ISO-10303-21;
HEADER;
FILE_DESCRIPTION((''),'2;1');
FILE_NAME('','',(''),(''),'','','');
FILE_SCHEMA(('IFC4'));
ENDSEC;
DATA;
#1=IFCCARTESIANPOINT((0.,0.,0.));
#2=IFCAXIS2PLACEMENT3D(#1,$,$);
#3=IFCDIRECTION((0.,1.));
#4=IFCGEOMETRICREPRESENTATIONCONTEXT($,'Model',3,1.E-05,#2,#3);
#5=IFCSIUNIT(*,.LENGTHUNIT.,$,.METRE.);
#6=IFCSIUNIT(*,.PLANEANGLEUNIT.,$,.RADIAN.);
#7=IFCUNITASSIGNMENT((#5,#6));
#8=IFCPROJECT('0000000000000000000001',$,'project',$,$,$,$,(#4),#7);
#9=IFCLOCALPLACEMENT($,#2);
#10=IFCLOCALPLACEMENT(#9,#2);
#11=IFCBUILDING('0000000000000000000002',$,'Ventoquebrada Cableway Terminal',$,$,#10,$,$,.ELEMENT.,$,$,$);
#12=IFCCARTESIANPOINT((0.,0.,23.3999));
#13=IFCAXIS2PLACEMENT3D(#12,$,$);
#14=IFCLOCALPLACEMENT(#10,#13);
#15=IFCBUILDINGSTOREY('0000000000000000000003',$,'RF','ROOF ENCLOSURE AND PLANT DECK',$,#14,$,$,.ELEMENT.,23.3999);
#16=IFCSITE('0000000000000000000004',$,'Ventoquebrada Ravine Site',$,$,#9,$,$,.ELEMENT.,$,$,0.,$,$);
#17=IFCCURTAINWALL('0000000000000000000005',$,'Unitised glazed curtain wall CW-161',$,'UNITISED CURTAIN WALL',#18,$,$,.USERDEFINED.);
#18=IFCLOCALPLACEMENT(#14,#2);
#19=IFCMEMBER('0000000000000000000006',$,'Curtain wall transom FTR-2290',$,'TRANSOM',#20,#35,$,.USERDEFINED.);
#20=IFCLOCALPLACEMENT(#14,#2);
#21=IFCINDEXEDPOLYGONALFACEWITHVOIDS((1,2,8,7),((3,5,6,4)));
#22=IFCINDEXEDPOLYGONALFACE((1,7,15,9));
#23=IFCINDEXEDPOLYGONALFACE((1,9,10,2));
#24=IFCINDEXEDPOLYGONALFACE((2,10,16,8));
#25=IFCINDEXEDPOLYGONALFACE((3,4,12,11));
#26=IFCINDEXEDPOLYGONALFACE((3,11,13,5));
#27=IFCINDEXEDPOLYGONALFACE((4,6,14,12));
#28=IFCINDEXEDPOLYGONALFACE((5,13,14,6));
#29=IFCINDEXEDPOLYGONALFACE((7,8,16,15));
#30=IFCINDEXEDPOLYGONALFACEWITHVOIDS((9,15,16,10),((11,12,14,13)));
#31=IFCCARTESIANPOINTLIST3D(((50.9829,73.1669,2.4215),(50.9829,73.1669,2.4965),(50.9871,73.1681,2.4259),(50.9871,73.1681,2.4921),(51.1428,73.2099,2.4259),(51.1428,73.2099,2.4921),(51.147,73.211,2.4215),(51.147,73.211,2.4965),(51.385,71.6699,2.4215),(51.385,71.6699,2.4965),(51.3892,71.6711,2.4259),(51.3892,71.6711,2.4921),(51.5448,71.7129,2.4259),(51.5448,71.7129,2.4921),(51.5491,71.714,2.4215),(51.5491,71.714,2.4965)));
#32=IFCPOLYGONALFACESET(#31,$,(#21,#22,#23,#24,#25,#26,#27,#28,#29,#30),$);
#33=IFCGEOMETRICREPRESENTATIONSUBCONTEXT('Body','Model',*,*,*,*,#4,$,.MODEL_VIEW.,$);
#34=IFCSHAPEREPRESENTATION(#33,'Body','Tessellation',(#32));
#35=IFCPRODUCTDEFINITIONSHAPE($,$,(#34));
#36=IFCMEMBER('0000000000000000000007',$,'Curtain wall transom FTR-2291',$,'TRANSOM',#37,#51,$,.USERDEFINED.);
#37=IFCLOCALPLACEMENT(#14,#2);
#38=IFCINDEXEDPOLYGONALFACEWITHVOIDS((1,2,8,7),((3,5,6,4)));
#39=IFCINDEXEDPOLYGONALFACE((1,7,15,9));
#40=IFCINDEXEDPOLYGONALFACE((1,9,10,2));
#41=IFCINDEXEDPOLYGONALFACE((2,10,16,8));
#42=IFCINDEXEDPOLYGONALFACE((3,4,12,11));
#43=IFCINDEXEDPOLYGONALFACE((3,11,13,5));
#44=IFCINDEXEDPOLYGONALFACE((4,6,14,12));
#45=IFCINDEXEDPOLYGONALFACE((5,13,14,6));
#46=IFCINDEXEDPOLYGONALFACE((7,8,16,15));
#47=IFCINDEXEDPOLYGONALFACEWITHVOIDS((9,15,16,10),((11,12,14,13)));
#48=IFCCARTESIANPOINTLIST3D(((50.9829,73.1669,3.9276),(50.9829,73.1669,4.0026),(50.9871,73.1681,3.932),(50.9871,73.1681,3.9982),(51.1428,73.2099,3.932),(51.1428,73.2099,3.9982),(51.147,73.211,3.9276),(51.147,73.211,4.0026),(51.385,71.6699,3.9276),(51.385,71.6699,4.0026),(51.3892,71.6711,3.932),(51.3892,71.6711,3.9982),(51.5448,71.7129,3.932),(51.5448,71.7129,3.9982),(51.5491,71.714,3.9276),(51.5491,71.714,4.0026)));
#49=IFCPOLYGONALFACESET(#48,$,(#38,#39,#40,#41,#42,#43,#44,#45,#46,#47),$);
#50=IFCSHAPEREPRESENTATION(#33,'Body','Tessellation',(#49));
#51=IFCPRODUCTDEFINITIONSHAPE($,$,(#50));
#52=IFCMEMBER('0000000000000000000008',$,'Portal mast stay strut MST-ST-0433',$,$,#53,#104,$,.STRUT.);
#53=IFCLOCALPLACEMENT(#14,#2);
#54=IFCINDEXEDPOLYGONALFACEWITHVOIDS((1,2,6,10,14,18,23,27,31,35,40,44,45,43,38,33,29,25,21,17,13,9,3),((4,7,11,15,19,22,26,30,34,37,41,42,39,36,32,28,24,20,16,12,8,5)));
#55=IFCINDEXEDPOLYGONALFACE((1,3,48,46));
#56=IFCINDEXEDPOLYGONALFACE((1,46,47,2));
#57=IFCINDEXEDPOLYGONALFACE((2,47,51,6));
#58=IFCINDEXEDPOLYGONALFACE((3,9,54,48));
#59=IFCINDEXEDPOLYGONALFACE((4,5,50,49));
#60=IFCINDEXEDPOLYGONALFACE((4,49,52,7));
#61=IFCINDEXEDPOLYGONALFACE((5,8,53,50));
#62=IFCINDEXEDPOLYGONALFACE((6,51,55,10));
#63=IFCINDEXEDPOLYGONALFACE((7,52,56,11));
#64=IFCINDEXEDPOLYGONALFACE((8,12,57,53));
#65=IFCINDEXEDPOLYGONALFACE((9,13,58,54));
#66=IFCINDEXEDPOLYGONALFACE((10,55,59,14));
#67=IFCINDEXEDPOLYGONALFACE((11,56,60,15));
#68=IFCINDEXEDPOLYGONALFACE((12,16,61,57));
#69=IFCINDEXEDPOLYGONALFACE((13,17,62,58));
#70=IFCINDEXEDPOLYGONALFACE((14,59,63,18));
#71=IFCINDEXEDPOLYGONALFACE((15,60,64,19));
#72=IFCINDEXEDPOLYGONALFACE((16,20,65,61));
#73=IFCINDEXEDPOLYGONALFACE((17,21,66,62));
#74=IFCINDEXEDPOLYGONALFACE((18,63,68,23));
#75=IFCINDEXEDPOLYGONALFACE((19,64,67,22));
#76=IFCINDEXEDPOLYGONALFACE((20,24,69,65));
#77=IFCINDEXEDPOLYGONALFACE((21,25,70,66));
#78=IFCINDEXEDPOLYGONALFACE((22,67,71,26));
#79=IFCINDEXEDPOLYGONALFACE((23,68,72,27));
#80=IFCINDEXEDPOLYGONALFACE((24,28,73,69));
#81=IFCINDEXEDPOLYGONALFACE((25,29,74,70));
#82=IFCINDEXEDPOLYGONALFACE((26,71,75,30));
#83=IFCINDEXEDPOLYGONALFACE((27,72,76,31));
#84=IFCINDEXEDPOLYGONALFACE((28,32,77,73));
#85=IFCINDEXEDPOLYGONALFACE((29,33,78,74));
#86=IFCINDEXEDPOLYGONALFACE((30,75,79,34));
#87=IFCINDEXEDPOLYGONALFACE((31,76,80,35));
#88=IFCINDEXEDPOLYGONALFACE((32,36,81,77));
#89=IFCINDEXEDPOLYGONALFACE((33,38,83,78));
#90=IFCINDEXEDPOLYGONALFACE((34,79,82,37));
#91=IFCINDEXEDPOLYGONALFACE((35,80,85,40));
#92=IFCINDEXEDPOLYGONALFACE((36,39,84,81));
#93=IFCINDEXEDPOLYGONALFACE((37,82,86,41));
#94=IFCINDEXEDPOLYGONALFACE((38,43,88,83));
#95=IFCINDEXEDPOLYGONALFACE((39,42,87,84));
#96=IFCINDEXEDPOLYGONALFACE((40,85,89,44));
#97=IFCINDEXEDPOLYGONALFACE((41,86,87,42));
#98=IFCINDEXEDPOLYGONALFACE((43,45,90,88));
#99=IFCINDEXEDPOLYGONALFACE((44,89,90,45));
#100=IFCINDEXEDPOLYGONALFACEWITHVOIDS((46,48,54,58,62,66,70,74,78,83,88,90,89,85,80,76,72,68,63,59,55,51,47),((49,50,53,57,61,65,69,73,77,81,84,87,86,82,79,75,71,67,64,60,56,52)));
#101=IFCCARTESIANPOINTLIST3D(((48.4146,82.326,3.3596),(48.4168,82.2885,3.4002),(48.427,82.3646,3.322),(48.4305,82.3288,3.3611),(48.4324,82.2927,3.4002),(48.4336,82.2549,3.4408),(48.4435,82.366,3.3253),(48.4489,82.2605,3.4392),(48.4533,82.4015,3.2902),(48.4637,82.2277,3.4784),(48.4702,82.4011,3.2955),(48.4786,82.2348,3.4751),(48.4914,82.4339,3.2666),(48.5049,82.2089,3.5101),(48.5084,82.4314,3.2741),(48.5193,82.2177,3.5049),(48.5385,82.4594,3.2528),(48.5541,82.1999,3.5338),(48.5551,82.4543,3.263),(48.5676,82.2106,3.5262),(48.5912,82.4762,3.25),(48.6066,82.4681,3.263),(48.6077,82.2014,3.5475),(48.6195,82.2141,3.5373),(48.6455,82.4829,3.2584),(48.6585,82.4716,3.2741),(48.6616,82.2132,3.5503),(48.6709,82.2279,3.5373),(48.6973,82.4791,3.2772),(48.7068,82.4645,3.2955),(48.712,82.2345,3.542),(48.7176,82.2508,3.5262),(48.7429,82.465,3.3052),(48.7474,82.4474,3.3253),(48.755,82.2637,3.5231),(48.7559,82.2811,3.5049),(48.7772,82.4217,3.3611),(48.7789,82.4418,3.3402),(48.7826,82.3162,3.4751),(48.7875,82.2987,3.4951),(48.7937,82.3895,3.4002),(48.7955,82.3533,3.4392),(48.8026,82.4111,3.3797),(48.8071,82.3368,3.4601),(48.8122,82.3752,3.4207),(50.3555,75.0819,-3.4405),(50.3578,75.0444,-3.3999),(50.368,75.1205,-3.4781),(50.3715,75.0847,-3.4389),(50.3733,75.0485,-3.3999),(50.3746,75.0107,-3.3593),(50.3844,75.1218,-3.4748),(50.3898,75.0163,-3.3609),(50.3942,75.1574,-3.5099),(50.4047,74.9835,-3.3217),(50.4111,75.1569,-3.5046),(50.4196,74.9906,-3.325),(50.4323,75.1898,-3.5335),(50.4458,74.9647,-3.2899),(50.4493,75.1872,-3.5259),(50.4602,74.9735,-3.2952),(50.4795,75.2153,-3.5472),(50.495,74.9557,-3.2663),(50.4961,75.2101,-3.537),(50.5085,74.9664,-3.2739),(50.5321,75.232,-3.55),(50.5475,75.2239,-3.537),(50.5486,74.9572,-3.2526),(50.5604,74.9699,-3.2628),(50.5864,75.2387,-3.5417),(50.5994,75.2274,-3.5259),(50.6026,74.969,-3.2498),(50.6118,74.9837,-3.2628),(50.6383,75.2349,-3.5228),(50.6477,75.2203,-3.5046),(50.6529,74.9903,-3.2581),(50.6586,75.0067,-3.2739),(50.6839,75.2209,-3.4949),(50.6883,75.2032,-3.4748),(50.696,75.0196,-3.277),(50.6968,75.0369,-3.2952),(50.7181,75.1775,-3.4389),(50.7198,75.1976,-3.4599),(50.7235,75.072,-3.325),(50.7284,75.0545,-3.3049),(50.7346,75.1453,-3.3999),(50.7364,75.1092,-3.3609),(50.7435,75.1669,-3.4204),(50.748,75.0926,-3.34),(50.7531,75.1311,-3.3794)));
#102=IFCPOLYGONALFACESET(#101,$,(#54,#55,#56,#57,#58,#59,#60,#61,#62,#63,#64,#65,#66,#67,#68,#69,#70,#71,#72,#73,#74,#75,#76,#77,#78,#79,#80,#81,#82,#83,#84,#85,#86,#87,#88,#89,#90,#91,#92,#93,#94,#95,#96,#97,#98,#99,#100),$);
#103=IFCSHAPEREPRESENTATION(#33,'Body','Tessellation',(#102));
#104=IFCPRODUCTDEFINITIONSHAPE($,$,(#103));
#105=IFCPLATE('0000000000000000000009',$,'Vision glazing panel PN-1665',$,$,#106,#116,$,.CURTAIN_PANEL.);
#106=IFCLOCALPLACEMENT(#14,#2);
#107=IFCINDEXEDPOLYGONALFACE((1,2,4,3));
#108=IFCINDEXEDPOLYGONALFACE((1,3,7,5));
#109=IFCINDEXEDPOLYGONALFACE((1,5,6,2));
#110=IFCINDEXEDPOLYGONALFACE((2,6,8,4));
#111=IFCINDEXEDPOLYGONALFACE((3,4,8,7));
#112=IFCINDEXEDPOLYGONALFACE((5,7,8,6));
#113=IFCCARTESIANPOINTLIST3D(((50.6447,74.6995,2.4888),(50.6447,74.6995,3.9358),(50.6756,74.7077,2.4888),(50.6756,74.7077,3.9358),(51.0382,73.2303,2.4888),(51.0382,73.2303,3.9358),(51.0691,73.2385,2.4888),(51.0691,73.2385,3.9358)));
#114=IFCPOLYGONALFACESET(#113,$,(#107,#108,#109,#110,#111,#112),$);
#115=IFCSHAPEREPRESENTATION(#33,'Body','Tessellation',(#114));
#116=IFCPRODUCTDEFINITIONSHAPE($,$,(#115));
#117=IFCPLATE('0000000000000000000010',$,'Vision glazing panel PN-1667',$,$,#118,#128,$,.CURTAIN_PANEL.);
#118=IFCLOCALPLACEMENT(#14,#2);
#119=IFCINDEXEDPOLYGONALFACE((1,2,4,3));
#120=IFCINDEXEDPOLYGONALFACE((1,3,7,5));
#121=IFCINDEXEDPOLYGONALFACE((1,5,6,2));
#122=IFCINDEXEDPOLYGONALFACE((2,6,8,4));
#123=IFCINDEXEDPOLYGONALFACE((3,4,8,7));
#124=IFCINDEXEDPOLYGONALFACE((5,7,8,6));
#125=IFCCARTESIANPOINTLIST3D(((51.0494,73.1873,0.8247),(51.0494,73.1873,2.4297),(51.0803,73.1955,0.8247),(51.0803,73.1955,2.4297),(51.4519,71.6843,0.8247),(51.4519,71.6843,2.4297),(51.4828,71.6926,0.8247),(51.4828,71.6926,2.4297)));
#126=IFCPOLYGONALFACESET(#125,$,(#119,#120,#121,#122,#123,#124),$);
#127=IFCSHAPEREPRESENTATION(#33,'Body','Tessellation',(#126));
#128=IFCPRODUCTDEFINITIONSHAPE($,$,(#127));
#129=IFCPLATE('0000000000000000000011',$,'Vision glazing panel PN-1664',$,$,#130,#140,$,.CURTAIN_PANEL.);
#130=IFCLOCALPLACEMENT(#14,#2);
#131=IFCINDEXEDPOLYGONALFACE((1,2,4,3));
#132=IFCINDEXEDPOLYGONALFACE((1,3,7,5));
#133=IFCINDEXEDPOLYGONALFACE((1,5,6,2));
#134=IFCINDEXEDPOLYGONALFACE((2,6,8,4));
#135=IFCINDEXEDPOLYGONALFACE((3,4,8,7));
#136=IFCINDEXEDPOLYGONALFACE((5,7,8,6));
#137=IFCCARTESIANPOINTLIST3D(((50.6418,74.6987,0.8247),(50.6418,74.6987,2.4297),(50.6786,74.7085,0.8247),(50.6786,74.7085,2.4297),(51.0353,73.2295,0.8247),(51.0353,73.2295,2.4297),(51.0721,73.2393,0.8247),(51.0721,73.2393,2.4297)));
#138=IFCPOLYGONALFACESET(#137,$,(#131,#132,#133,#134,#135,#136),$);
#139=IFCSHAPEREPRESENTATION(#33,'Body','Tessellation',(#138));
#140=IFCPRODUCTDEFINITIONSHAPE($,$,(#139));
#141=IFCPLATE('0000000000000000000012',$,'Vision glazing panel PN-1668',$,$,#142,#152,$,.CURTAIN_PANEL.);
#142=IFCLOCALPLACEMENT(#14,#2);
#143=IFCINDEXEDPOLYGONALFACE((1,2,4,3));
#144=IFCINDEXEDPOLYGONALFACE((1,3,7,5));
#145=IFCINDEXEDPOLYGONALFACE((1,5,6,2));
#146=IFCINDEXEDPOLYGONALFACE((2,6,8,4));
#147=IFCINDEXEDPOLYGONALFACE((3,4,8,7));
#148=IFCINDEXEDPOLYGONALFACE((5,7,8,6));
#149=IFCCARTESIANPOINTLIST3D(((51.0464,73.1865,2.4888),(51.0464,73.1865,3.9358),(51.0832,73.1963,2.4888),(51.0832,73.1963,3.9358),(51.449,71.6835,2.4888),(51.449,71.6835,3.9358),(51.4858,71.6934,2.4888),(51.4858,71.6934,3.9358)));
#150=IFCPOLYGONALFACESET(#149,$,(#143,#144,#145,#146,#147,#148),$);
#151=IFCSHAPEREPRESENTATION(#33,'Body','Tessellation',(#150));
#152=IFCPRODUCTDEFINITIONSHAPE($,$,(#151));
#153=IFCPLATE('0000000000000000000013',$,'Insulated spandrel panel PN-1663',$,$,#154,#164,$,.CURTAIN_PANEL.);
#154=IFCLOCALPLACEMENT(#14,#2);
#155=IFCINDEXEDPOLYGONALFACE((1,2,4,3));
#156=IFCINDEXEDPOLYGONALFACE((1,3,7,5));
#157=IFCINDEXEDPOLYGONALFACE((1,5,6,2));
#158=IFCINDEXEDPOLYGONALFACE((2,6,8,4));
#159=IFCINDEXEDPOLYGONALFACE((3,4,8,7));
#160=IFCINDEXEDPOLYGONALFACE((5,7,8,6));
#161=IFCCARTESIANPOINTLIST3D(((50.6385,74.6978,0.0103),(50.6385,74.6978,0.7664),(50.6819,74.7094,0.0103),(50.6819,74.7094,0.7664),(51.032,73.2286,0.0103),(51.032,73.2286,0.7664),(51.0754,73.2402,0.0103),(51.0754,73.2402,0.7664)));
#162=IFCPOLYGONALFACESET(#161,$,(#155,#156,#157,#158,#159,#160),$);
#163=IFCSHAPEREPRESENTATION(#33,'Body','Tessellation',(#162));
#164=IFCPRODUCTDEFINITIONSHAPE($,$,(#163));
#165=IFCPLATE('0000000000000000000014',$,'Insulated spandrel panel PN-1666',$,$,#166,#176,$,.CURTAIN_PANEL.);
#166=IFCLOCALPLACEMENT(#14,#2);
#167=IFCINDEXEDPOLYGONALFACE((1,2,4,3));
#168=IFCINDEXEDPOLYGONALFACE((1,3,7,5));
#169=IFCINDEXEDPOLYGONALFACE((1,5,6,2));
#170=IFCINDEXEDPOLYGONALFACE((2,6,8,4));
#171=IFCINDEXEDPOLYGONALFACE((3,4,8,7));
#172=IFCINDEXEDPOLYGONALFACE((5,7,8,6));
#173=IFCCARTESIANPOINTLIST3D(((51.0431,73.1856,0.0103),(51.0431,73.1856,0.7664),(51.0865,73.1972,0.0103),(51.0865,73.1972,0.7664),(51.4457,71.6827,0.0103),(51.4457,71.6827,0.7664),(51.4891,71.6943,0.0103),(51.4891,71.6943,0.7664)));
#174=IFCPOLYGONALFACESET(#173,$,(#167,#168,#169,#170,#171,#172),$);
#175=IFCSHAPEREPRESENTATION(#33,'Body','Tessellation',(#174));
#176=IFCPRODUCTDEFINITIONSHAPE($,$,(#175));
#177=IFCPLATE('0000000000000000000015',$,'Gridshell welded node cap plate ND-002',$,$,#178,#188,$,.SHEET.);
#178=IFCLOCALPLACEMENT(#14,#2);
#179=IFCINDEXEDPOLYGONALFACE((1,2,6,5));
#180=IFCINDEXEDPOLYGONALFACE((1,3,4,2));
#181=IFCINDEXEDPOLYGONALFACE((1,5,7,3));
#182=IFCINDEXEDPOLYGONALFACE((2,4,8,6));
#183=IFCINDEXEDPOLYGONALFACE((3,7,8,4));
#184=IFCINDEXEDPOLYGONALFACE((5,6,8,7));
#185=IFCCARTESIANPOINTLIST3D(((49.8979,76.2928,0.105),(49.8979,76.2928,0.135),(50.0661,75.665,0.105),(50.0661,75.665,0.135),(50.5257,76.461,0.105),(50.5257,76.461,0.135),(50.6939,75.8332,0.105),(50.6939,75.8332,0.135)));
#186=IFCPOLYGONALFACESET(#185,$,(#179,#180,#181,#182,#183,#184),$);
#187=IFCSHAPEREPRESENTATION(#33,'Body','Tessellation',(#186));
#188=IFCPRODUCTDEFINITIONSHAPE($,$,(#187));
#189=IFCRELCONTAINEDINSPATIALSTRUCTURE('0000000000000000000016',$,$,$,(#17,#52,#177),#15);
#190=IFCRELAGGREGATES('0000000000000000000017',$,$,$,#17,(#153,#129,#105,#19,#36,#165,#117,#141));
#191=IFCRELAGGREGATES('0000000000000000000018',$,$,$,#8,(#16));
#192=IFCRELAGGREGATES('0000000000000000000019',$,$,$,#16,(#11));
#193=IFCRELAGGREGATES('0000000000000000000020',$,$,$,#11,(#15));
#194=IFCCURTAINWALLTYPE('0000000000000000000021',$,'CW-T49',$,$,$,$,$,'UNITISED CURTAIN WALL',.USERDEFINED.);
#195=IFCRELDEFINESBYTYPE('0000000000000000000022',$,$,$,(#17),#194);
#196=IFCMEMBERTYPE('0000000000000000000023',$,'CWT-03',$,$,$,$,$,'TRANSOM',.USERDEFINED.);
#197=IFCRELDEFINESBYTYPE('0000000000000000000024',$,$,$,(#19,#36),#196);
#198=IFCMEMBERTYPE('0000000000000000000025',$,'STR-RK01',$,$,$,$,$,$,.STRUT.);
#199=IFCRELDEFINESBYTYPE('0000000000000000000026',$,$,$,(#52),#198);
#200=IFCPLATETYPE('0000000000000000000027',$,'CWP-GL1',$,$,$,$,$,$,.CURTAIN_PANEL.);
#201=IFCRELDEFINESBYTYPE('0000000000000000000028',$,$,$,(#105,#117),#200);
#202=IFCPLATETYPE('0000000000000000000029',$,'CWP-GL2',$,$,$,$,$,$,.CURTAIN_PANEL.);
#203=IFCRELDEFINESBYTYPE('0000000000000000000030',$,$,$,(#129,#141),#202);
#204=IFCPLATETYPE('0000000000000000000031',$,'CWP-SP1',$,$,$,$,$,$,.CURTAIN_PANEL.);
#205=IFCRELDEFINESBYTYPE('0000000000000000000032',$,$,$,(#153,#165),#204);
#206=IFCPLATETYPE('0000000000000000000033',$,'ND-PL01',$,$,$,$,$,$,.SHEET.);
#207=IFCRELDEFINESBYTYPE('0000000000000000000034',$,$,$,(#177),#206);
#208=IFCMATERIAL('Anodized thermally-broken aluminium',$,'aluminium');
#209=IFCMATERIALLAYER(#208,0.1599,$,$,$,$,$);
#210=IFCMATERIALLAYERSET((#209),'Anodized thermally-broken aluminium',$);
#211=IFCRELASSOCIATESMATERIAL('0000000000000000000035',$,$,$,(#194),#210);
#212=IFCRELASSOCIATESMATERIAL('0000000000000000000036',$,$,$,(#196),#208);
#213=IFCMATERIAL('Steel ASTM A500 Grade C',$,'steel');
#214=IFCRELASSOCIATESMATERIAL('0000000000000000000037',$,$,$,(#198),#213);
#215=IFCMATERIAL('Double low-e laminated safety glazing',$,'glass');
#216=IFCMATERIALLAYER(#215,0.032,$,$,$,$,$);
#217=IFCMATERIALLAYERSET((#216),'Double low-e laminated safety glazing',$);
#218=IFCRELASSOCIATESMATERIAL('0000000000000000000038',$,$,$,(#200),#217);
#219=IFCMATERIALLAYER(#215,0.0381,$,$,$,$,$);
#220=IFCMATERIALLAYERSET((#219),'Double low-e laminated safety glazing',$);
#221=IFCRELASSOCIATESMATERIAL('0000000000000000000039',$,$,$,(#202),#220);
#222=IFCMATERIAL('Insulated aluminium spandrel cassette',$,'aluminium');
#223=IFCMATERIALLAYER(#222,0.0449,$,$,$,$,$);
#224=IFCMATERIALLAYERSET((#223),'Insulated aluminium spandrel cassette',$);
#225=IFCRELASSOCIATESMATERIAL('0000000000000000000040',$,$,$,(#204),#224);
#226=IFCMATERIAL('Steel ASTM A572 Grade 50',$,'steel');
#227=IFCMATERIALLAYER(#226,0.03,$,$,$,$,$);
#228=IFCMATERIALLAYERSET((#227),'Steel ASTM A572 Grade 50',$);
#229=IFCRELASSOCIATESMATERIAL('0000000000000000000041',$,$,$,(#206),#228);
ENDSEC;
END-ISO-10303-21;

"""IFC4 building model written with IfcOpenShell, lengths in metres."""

from ifc_helpers import new_model, si_unit, direction, frame, origin, origin_2d, place, context, subcontext, project, spatial, rectangle, hollow_rectangle, hollow_circle, extrude, material, layer, layer_set, material_profile, profile_set, type_object, element, aggregate, save


model = new_model("IFC4")

# Units and contexts
model_context = context("Model", 3, precision=1e-05, world=origin(), true_north=direction((0.0, 1.0)))
body_context = subcontext(model_context, "Body", "Model", "MODEL_VIEW")
ifc_project = project(units=[si_unit("LENGTHUNIT", "METRE"), si_unit("PLANEANGLEUNIT", "RADIAN")], contexts=[model_context])

# Site, building, storey
site_placement = place(None, origin())
site = spatial("IfcSite", under=ifc_project, at=site_placement, Name="Ventoquebrada Ravine Site", CompositionType="ELEMENT", RefElevation=0.0)
building_placement = place(site_placement, origin())
building = spatial("IfcBuilding", under=site, at=building_placement, Name="Ventoquebrada Cableway Terminal", CompositionType="ELEMENT")
storey_placement = place(building_placement, frame((0.0, 0.0, 23.3999)))
storey = spatial("IfcBuildingStorey", under=building, at=storey_placement, Name="RF", Description="ROOF ENCLOSURE AND PLANT DECK", CompositionType="ELEMENT", Elevation=23.3999)

# Shared definitions
ifc_material_1 = material(Name="Steel ASTM A500 Grade C", Category="steel")

# Curtain wall
ifc_material_2 = material(Name="Anodized thermally-broken aluminium", Category="aluminium")
ifc_layer_1 = layer(ifc_material_2, 0.1599)
ifc_layer_set_1 = layer_set([ifc_layer_1], Name="Anodized thermally-broken aluminium")
curtain_wall_type_1 = type_object("IfcCurtainWallType", Name="CW-T49", ElementType="UNITISED CURTAIN WALL", PredefinedType="USERDEFINED", material=ifc_layer_set_1)
curtain_wall_1_placement = place(storey_placement, origin())
curtain_wall_1 = element("IfcCurtainWall", 1, at=curtain_wall_1_placement, inside=storey, type_object=curtain_wall_type_1, Name="Unitised glazed curtain wall CW-161", ObjectType="UNITISED CURTAIN WALL", PredefinedType="USERDEFINED")

# Shared definitions
ifc_material_profile_1 = material_profile(ifc_material_2, hollow_rectangle(XDim=0.075, YDim=0.1699, WallThickness=0.0044, at=origin_2d()), Name="CW-TRN-75X170")
ifc_profile_set_1 = profile_set([ifc_material_profile_1], Name="Anodized thermally-broken aluminium")
member_type_1 = type_object("IfcMemberType", Name="CWT-03", ElementType="TRANSOM", PredefinedType="USERDEFINED", material=ifc_profile_set_1)

# Members
member_1_placement = place(storey_placement, frame((51.0649, 73.189, 2.459), z_axis=(0.259397, -0.965771, 0.0), x_axis=(0.0, 0.0, 1.0)))
member_1 = element("IfcMember", 2, at=member_1_placement, type_object=member_type_1, Name="Curtain wall transom FTR-2290", ObjectType="TRANSOM", PredefinedType="USERDEFINED", context=body_context, shape_type="SweptSolid", body=[
    extrude(hollow_rectangle(XDim=0.075, YDim=0.1699, WallThickness=0.0044, at=origin_2d()), origin(), (0.0, 0.0, 1.0), 1.55),
])
member_2_placement = place(storey_placement, frame((51.0649, 73.189, 3.9651), z_axis=(0.259397, -0.965771, 0.0), x_axis=(0.0, 0.0, 1.0)))
member_2 = element("IfcMember", 3, at=member_2_placement, type_object=member_type_1, Name="Curtain wall transom FTR-2291", ObjectType="TRANSOM", PredefinedType="USERDEFINED", context=body_context, shape_type="SweptSolid", body=[
    extrude(hollow_rectangle(XDim=0.075, YDim=0.1699, WallThickness=0.0044, at=origin_2d()), origin(), (0.0, 0.0, 1.0), 1.55),
])
ifc_material_profile_2 = material_profile(ifc_material_1, hollow_circle(Radius=0.2031, WallThickness=0.0161, at=origin_2d()), Name="CHS406.4X16")
ifc_profile_set_2 = profile_set([ifc_material_profile_2], Name="Steel ASTM A500 Grade C")
member_type_2 = type_object("IfcMemberType", Name="STR-RK01", PredefinedType="STRUT", material=ifc_profile_set_2)
member_3_placement = place(storey_placement, frame((50.554, 75.0969, -3.3999), z_axis=(-0.191724, 0.715576, 0.671709), x_axis=(-0.965931, -0.258801, 0.0)))
element("IfcMember", 4, at=member_3_placement, inside=storey, type_object=member_type_2, Name="Portal mast stay strut MST-ST-0433", PredefinedType="STRUT", context=body_context, shape_type="SweptSolid", body=[
    extrude(hollow_circle(Radius=0.2031, WallThickness=0.0161, at=origin_2d()), origin(), (0.0, 0.0, 1.0), 10.1235),
])

# Plates
ifc_material_3 = material(Name="Double low-e laminated safety glazing", Category="glass")
ifc_layer_2 = layer(ifc_material_3, 0.032)
ifc_layer_set_2 = layer_set([ifc_layer_2], Name="Double low-e laminated safety glazing")
plate_type_1 = type_object("IfcPlateType", Name="CWP-GL1", PredefinedType="CURTAIN_PANEL", material=ifc_layer_set_2)
plate_1_placement = place(storey_placement, frame((50.8569, 73.969, 2.4888), z_axis=(0.0, 0.0, 1.0), x_axis=(0.258718, -0.965953, 0.0)))
plate_1 = element("IfcPlate", 5, at=plate_1_placement, type_object=plate_type_1, Name="Vision glazing panel PN-1665", PredefinedType="CURTAIN_PANEL", context=body_context, shape_type="SweptSolid", body=[
    extrude(rectangle(XDim=1.521, YDim=0.032, at=origin_2d()), origin(), (0.0, 0.0, 1.0), 1.447),
])
plate_2_placement = place(storey_placement, frame((51.2661, 72.4399, 0.8247), z_axis=(0.0, 0.0, 1.0), x_axis=(0.258718, -0.965953, 0.0)))
plate_2 = element("IfcPlate", 6, at=plate_2_placement, type_object=plate_type_1, Name="Vision glazing panel PN-1667", PredefinedType="CURTAIN_PANEL", context=body_context, shape_type="SweptSolid", body=[
    extrude(rectangle(XDim=1.5559, YDim=0.032, at=origin_2d()), origin(), (0.0, 0.0, 1.0), 1.605),
])
ifc_layer_3 = layer(ifc_material_3, 0.0381)
ifc_layer_set_3 = layer_set([ifc_layer_3], Name="Double low-e laminated safety glazing")
plate_type_2 = type_object("IfcPlateType", Name="CWP-GL2", PredefinedType="CURTAIN_PANEL", material=ifc_layer_set_3)
plate_3_placement = place(storey_placement, frame((50.8569, 73.969, 0.8247), z_axis=(0.0, 0.0, 1.0), x_axis=(0.258718, -0.965953, 0.0)))
plate_3 = element("IfcPlate", 7, at=plate_3_placement, type_object=plate_type_2, Name="Vision glazing panel PN-1664", PredefinedType="CURTAIN_PANEL", context=body_context, shape_type="SweptSolid", body=[
    extrude(rectangle(XDim=1.521, YDim=0.0381, at=origin_2d()), origin(), (0.0, 0.0, 1.0), 1.605),
])
plate_4_placement = place(storey_placement, frame((51.2661, 72.4399, 2.4888), z_axis=(0.0, 0.0, 1.0), x_axis=(0.258718, -0.965953, 0.0)))
plate_4 = element("IfcPlate", 8, at=plate_4_placement, type_object=plate_type_2, Name="Vision glazing panel PN-1668", PredefinedType="CURTAIN_PANEL", context=body_context, shape_type="SweptSolid", body=[
    extrude(rectangle(XDim=1.5559, YDim=0.0381, at=origin_2d()), origin(), (0.0, 0.0, 1.0), 1.447),
])
ifc_material_4 = material(Name="Insulated aluminium spandrel cassette", Category="aluminium")
ifc_layer_4 = layer(ifc_material_4, 0.0449)
ifc_layer_set_4 = layer_set([ifc_layer_4], Name="Insulated aluminium spandrel cassette")
plate_type_3 = type_object("IfcPlateType", Name="CWP-SP1", PredefinedType="CURTAIN_PANEL", material=ifc_layer_set_4)
plate_5_placement = place(storey_placement, frame((50.8569, 73.969, 0.0103), z_axis=(0.0, 0.0, 1.0), x_axis=(0.258718, -0.965953, 0.0)))
plate_5 = element("IfcPlate", 9, at=plate_5_placement, type_object=plate_type_3, Name="Insulated spandrel panel PN-1663", PredefinedType="CURTAIN_PANEL", context=body_context, shape_type="SweptSolid", body=[
    extrude(rectangle(XDim=1.521, YDim=0.0449, at=origin_2d()), origin(), (0.0, 0.0, 1.0), 0.7561),
])
plate_6_placement = place(storey_placement, frame((51.2661, 72.4399, 0.0103), z_axis=(0.0, 0.0, 1.0), x_axis=(0.258718, -0.965953, 0.0)))
plate_6 = element("IfcPlate", 10, at=plate_6_placement, type_object=plate_type_3, Name="Insulated spandrel panel PN-1666", PredefinedType="CURTAIN_PANEL", context=body_context, shape_type="SweptSolid", body=[
    extrude(rectangle(XDim=1.5559, YDim=0.0449, at=origin_2d()), origin(), (0.0, 0.0, 1.0), 0.7561),
])
aggregate(curtain_wall_1, [plate_5, plate_3, plate_1, member_1, member_2, plate_6, plate_2, plate_4])
ifc_material_5 = material(Name="Steel ASTM A572 Grade 50", Category="steel")
ifc_layer_5 = layer(ifc_material_5, 0.03)
ifc_layer_set_5 = layer_set([ifc_layer_5], Name="Steel ASTM A572 Grade 50")
plate_type_4 = type_object("IfcPlateType", Name="ND-PL01", PredefinedType="SHEET", material=ifc_layer_set_5)
plate_7_placement = place(storey_placement, frame((50.2959, 76.063, 0.105), z_axis=(0.0, 0.0, 1.0), x_axis=(0.965926, 0.258819, 0.0)))
element("IfcPlate", 11, at=plate_7_placement, inside=storey, type_object=plate_type_4, Name="Gridshell welded node cap plate ND-002", PredefinedType="SHEET", context=body_context, shape_type="SweptSolid", body=[
    extrude(rectangle(XDim=0.6499, YDim=0.6499, at=origin_2d()), origin(), (0.0, 0.0, 1.0), 0.03),
])

save(model, "model.ifc")
